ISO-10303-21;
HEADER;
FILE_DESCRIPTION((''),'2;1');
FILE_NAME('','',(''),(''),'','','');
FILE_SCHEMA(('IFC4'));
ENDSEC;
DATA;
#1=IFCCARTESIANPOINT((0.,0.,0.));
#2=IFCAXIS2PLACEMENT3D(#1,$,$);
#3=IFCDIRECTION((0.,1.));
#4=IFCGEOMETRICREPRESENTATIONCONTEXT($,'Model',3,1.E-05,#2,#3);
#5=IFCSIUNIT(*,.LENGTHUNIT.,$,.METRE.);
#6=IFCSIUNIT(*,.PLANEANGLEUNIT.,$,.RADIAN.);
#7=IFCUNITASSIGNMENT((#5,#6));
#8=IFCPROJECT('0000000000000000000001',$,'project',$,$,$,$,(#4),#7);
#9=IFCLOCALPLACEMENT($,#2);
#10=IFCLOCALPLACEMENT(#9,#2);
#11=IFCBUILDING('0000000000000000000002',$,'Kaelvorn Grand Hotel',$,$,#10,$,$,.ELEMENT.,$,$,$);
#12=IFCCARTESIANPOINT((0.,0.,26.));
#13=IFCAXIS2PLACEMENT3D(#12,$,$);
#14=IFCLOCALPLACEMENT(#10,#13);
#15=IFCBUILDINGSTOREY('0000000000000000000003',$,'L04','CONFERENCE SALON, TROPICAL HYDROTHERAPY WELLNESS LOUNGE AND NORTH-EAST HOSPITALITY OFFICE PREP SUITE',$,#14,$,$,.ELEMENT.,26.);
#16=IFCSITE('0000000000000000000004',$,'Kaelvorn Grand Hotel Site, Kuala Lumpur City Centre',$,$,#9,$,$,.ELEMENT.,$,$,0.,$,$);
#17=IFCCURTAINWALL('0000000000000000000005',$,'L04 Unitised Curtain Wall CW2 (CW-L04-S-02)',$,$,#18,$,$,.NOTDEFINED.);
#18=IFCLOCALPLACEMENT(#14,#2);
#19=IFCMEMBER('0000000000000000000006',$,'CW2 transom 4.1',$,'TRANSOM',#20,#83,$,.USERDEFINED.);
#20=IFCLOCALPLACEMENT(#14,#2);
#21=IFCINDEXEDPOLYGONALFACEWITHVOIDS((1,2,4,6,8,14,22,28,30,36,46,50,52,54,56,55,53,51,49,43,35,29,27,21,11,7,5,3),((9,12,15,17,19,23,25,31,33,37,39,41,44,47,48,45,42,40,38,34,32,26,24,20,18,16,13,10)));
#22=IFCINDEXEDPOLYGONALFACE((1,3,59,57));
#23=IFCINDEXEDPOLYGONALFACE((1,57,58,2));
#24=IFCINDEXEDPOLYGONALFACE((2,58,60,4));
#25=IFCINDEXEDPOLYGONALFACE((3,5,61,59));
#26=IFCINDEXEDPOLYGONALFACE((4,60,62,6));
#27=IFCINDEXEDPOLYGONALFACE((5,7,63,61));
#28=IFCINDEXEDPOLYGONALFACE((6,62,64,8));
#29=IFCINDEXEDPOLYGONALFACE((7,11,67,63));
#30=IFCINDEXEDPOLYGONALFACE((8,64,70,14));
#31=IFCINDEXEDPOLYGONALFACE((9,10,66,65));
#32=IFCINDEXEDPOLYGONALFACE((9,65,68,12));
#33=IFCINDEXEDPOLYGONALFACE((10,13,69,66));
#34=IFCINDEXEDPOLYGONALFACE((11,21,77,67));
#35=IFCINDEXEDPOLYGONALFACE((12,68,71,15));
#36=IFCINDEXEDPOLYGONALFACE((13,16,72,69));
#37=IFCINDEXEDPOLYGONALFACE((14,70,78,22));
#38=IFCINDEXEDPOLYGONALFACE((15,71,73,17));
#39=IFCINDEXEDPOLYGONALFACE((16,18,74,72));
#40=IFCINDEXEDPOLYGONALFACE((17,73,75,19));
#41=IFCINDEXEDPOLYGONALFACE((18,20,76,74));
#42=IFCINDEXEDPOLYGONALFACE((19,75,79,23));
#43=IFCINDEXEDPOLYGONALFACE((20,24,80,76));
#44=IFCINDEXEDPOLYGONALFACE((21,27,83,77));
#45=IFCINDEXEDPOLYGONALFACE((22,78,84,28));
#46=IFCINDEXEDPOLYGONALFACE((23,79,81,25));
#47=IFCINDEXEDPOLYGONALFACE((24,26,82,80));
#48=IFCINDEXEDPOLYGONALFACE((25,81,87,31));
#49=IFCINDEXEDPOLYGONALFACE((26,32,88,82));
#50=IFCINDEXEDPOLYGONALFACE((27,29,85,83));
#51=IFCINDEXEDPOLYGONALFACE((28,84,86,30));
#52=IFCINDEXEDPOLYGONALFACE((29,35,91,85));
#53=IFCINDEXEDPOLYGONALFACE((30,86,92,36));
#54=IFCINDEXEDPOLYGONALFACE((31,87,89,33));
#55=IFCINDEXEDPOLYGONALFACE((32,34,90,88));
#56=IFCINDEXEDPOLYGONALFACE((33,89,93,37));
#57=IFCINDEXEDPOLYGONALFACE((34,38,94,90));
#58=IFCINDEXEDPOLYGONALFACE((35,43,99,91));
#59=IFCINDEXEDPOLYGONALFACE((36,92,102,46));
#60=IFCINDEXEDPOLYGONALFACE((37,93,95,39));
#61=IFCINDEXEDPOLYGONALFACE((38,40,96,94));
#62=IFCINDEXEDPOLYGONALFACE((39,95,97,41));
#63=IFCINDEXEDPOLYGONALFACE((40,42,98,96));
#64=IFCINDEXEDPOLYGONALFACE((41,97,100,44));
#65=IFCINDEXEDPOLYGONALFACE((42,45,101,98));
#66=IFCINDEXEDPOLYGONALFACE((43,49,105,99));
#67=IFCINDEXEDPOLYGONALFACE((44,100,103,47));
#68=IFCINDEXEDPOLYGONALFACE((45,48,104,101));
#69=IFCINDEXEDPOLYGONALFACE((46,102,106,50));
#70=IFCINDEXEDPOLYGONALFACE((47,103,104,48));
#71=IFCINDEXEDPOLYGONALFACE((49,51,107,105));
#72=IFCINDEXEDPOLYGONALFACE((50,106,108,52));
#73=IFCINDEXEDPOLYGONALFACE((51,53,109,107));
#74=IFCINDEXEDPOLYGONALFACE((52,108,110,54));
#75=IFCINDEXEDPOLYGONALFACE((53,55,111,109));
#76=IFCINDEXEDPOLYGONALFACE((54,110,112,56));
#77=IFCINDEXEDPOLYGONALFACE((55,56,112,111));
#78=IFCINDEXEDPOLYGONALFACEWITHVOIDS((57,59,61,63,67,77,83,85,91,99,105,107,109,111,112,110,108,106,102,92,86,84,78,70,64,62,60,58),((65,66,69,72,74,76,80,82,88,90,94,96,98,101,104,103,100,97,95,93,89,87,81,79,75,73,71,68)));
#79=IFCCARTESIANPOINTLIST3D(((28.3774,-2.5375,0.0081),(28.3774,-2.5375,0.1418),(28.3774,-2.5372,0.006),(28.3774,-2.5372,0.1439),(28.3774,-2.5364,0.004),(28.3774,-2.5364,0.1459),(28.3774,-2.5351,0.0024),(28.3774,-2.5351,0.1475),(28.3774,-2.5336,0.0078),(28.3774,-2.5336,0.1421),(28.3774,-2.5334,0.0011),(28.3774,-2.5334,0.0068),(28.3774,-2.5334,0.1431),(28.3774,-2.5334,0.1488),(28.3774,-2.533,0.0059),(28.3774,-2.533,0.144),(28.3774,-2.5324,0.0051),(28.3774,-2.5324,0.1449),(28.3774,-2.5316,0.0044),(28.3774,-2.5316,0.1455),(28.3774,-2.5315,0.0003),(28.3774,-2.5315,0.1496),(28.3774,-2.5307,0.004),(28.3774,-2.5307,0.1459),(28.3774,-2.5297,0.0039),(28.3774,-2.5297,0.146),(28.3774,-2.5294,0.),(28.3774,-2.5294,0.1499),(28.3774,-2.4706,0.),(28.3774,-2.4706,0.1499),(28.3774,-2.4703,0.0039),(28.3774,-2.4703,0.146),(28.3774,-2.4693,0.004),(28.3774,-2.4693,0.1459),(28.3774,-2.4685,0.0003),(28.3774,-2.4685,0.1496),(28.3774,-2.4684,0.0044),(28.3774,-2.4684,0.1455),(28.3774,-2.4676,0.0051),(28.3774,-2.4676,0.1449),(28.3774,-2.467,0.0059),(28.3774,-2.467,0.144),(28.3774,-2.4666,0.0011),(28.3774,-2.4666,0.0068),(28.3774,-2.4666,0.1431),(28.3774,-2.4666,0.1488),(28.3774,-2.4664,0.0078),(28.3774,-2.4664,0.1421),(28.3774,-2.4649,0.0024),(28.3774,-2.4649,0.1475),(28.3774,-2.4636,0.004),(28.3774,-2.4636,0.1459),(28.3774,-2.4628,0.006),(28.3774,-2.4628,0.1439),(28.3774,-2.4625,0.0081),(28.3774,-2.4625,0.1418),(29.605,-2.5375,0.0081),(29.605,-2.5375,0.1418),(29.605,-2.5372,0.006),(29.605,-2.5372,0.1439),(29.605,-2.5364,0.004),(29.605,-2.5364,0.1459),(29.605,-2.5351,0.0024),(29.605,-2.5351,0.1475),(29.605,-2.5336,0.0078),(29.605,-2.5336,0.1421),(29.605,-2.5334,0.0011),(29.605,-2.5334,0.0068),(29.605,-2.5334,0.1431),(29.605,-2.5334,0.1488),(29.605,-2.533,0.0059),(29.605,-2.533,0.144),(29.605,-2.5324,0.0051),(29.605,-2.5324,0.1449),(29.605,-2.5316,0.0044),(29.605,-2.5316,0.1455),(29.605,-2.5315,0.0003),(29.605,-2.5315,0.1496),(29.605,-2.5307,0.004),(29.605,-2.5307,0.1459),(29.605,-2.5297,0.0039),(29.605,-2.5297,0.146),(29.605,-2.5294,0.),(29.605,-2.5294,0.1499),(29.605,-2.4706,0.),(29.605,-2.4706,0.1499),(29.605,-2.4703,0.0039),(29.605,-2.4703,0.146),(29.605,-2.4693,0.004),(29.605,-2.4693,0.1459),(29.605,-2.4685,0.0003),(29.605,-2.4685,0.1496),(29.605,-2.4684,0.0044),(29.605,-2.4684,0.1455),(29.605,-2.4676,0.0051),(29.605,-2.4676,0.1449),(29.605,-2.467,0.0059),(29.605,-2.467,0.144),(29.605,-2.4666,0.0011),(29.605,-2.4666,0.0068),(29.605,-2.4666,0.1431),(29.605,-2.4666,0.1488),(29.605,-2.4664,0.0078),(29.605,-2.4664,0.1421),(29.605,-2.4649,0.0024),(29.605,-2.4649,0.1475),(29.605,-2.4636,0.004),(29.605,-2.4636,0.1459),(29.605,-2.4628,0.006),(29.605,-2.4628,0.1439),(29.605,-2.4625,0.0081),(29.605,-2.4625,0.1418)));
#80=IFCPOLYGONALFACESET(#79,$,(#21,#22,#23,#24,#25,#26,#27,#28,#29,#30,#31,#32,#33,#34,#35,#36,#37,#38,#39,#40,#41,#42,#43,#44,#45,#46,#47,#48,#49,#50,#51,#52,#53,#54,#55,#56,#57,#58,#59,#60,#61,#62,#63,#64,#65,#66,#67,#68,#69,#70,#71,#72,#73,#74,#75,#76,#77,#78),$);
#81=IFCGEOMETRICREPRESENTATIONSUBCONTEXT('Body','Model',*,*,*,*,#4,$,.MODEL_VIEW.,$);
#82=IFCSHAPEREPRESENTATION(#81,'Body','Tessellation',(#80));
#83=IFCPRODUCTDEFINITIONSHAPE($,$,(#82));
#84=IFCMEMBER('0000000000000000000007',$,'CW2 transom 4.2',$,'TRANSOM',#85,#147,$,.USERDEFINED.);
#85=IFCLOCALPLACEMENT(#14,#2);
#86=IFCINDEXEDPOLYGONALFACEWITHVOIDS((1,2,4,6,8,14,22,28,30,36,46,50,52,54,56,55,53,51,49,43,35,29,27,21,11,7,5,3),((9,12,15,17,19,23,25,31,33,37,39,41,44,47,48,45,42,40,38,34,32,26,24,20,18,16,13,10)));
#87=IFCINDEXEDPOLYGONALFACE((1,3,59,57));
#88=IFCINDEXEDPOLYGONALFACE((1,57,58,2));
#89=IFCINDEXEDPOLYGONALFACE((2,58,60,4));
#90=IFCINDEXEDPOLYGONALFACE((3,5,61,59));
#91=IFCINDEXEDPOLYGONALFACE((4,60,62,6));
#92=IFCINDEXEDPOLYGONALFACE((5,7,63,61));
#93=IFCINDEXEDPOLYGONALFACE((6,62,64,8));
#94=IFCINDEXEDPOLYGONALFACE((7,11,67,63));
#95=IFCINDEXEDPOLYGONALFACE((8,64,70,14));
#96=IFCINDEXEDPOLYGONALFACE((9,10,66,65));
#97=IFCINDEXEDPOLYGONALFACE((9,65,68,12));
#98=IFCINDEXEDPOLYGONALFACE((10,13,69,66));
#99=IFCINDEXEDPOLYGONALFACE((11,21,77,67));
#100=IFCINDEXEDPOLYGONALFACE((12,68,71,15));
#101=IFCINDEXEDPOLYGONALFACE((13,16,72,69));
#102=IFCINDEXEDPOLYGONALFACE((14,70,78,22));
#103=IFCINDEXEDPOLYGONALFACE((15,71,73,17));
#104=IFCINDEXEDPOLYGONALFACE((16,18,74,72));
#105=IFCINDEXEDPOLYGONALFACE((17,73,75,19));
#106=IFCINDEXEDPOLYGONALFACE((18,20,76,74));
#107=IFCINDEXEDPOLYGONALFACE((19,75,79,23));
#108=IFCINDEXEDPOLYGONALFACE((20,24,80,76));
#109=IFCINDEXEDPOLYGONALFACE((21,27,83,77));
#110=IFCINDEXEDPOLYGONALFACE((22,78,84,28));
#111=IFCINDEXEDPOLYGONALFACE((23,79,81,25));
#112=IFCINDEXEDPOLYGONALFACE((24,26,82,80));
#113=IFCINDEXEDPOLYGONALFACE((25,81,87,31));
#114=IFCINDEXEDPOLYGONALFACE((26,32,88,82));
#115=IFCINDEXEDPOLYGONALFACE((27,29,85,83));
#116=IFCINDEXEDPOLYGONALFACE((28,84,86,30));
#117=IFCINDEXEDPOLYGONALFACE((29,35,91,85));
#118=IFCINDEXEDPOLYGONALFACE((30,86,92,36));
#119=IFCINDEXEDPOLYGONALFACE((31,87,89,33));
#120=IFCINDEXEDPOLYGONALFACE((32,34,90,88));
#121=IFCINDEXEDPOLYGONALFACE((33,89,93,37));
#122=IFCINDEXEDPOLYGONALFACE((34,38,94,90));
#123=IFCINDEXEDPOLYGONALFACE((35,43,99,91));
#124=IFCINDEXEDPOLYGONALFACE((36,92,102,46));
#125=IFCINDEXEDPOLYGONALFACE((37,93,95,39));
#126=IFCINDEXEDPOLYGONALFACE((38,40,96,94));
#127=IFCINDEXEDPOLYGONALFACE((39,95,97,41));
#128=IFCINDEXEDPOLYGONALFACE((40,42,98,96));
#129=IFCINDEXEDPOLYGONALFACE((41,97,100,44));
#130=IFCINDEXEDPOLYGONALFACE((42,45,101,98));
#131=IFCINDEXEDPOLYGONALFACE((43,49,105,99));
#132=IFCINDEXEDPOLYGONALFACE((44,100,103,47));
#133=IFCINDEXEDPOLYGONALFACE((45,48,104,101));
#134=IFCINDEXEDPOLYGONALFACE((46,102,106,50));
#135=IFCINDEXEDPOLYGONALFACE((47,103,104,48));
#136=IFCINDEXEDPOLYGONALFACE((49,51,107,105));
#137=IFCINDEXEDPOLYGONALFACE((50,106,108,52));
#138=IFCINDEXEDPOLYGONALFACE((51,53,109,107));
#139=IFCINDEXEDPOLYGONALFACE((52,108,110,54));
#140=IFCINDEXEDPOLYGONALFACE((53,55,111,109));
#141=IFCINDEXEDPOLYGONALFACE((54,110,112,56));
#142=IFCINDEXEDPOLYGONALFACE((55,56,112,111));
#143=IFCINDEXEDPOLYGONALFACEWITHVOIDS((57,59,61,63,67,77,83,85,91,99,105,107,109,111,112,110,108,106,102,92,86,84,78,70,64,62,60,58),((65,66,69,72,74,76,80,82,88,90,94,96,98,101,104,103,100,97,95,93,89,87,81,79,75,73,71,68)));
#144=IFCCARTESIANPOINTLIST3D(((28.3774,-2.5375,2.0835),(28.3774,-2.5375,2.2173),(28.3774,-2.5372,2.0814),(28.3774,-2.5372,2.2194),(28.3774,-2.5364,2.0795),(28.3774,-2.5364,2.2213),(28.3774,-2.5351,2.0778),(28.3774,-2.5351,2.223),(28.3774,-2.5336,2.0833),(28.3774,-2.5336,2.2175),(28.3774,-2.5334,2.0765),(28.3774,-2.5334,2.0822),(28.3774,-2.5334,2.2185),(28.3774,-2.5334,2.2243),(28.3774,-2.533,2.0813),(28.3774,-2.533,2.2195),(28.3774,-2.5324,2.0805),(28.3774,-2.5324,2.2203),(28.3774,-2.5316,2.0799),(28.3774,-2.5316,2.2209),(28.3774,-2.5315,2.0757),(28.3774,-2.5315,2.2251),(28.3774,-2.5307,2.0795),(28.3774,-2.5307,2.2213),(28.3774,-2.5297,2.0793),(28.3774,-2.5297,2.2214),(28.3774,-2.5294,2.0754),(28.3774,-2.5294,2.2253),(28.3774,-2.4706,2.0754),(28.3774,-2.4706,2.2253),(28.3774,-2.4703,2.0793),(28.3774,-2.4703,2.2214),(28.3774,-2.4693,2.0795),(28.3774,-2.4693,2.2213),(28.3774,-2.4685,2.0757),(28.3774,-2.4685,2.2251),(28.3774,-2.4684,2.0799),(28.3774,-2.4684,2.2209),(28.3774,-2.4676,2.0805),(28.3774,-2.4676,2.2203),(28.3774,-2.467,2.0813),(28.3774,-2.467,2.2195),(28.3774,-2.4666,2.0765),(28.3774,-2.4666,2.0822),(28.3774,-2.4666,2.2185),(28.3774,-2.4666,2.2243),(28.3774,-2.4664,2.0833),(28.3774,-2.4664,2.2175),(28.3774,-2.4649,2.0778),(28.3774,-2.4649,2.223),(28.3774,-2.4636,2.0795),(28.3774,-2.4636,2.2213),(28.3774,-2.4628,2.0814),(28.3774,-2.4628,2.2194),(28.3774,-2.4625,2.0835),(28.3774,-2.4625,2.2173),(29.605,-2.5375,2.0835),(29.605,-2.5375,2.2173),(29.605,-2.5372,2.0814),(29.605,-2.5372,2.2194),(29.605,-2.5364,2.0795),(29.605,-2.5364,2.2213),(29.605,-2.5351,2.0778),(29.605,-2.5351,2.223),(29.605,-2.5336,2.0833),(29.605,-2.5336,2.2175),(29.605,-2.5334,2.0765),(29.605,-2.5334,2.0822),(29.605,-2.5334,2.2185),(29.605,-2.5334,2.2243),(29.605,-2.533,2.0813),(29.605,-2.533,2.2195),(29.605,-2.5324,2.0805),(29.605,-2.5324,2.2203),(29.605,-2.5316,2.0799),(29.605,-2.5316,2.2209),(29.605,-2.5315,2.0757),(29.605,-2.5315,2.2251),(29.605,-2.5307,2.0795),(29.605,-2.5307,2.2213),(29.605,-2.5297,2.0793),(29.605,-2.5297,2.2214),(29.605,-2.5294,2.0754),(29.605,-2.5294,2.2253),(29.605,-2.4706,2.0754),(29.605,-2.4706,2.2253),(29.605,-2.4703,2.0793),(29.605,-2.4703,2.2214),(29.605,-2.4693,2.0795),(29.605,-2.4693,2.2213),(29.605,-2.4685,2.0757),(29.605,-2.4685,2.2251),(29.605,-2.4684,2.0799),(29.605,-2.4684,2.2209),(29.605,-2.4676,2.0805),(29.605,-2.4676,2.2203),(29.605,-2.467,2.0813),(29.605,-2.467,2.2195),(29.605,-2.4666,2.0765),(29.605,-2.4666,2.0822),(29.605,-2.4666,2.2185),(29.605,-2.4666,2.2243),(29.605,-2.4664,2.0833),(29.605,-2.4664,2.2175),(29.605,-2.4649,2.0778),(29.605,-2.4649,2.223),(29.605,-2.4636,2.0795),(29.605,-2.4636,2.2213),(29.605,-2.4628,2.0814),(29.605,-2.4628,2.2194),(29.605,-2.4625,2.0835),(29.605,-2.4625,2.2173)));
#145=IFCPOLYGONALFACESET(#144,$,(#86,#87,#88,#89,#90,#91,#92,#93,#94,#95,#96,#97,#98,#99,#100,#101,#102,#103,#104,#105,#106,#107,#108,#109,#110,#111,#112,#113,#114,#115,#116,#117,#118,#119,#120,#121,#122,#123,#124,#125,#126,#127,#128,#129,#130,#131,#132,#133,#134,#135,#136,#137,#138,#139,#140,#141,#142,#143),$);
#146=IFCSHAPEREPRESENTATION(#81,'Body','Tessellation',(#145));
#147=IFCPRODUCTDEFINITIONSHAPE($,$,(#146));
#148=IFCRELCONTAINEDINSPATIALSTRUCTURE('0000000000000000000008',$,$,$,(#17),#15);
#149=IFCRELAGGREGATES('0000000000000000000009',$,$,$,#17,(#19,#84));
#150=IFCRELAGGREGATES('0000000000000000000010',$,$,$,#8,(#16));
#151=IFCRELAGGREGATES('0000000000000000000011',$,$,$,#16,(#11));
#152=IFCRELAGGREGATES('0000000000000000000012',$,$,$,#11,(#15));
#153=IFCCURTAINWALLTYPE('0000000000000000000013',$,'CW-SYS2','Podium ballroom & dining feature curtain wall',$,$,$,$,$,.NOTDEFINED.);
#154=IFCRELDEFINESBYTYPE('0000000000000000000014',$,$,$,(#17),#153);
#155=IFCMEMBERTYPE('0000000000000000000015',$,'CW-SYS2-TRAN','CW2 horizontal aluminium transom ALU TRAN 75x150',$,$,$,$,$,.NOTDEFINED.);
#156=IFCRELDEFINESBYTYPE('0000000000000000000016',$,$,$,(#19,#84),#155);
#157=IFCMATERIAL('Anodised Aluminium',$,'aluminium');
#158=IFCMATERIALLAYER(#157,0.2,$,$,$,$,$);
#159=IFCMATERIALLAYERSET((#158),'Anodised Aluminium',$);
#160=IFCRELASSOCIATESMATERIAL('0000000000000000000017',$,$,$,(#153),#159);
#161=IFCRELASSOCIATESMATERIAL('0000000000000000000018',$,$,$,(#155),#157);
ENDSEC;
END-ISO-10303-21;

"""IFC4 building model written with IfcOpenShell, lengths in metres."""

from ifc_helpers import new_model, si_unit, direction, frame, origin, origin_2d, place, context, subcontext, project, spatial, hollow_rectangle, extrude, material, layer, layer_set, material_profile, profile_set, type_object, element, aggregate, save


model = new_model("IFC4")

# Units and contexts
model_context = context("Model", 3, precision=1e-05, world=origin(), true_north=direction((0.0, 1.0)))
body_context = subcontext(model_context, "Body", "Model", "MODEL_VIEW")
ifc_project = project(units=[si_unit("LENGTHUNIT", "METRE"), si_unit("PLANEANGLEUNIT", "RADIAN")], contexts=[model_context])

# Site, building, storey
site_placement = place(None, origin())
site = spatial("IfcSite", under=ifc_project, at=site_placement, Name="Kaelvorn Grand Hotel Site, Kuala Lumpur City Centre", CompositionType="ELEMENT", RefElevation=0.0)
building_placement = place(site_placement, origin())
building = spatial("IfcBuilding", under=site, at=building_placement, Name="Kaelvorn Grand Hotel", CompositionType="ELEMENT")
storey_placement = place(building_placement, frame((0.0, 0.0, 26.0)))
storey = spatial("IfcBuildingStorey", under=building, at=storey_placement, Name="L04", Description="CONFERENCE SALON, TROPICAL HYDROTHERAPY WELLNESS LOUNGE AND NORTH-EAST HOSPITALITY OFFICE PREP SUITE", CompositionType="ELEMENT", Elevation=26.0)

# Curtain wall
ifc_material_1 = material(Name="Anodised Aluminium", Category="aluminium")
ifc_layer_1 = layer(ifc_material_1, 0.2)
ifc_layer_set_1 = layer_set([ifc_layer_1], Name="Anodised Aluminium")
curtain_wall_type = type_object("IfcCurtainWallType", Name="CW-SYS2", Description="Podium ballroom & dining feature curtain wall", PredefinedType="NOTDEFINED", material=ifc_layer_set_1)
curtain_wall_1_placement = place(storey_placement, origin())
curtain_wall_1 = element("IfcCurtainWall", 1, at=curtain_wall_1_placement, inside=storey, type_object=curtain_wall_type, Name="L04 Unitised Curtain Wall CW2 (CW-L04-S-02)", PredefinedType="NOTDEFINED")

# Members
ifc_material_profile_1 = material_profile(ifc_material_1, hollow_rectangle(XDim=0.075, YDim=0.1499, WallThickness=0.0039, InnerFilletRadius=0.0039, OuterFilletRadius=0.0081, at=origin_2d()), Name="ALU TRAN 75x150")
ifc_profile_set_1 = profile_set([ifc_material_profile_1], Name="Anodised Aluminium")
member_type_1 = type_object("IfcMemberType", Name="CW-SYS2-TRAN", Description="CW2 horizontal aluminium transom ALU TRAN 75x150", PredefinedType="NOTDEFINED", material=ifc_profile_set_1)
member_1_placement = place(storey_placement, frame((28.3774, -2.5, 0.075), z_axis=(1.0, 0.0, 0.0), x_axis=(0.0, 1.0, 0.0)))
member_1 = element("IfcMember", 2, at=member_1_placement, type_object=member_type_1, Name="CW2 transom 4.1", ObjectType="TRANSOM", PredefinedType="USERDEFINED", context=body_context, shape_type="SweptSolid", body=[
    extrude(hollow_rectangle(XDim=0.075, YDim=0.1499, WallThickness=0.0039, InnerFilletRadius=0.0039, OuterFilletRadius=0.0081, at=origin_2d()), origin(), (0.0, 0.0, 1.0), 1.2275),
])
member_2_placement = place(storey_placement, frame((28.3774, -2.5, 2.1504), z_axis=(1.0, 0.0, 0.0), x_axis=(0.0, 1.0, 0.0)))
member_2 = element("IfcMember", 3, at=member_2_placement, type_object=member_type_1, Name="CW2 transom 4.2", ObjectType="TRANSOM", PredefinedType="USERDEFINED", context=body_context, shape_type="SweptSolid", body=[
    extrude(hollow_rectangle(XDim=0.075, YDim=0.1499, WallThickness=0.0039, InnerFilletRadius=0.0039, OuterFilletRadius=0.0081, at=origin_2d()), origin(), (0.0, 0.0, 1.0), 1.2275),
])

aggregate(curtain_wall_1, [member_1, member_2])

save(model, "model.ifc")
